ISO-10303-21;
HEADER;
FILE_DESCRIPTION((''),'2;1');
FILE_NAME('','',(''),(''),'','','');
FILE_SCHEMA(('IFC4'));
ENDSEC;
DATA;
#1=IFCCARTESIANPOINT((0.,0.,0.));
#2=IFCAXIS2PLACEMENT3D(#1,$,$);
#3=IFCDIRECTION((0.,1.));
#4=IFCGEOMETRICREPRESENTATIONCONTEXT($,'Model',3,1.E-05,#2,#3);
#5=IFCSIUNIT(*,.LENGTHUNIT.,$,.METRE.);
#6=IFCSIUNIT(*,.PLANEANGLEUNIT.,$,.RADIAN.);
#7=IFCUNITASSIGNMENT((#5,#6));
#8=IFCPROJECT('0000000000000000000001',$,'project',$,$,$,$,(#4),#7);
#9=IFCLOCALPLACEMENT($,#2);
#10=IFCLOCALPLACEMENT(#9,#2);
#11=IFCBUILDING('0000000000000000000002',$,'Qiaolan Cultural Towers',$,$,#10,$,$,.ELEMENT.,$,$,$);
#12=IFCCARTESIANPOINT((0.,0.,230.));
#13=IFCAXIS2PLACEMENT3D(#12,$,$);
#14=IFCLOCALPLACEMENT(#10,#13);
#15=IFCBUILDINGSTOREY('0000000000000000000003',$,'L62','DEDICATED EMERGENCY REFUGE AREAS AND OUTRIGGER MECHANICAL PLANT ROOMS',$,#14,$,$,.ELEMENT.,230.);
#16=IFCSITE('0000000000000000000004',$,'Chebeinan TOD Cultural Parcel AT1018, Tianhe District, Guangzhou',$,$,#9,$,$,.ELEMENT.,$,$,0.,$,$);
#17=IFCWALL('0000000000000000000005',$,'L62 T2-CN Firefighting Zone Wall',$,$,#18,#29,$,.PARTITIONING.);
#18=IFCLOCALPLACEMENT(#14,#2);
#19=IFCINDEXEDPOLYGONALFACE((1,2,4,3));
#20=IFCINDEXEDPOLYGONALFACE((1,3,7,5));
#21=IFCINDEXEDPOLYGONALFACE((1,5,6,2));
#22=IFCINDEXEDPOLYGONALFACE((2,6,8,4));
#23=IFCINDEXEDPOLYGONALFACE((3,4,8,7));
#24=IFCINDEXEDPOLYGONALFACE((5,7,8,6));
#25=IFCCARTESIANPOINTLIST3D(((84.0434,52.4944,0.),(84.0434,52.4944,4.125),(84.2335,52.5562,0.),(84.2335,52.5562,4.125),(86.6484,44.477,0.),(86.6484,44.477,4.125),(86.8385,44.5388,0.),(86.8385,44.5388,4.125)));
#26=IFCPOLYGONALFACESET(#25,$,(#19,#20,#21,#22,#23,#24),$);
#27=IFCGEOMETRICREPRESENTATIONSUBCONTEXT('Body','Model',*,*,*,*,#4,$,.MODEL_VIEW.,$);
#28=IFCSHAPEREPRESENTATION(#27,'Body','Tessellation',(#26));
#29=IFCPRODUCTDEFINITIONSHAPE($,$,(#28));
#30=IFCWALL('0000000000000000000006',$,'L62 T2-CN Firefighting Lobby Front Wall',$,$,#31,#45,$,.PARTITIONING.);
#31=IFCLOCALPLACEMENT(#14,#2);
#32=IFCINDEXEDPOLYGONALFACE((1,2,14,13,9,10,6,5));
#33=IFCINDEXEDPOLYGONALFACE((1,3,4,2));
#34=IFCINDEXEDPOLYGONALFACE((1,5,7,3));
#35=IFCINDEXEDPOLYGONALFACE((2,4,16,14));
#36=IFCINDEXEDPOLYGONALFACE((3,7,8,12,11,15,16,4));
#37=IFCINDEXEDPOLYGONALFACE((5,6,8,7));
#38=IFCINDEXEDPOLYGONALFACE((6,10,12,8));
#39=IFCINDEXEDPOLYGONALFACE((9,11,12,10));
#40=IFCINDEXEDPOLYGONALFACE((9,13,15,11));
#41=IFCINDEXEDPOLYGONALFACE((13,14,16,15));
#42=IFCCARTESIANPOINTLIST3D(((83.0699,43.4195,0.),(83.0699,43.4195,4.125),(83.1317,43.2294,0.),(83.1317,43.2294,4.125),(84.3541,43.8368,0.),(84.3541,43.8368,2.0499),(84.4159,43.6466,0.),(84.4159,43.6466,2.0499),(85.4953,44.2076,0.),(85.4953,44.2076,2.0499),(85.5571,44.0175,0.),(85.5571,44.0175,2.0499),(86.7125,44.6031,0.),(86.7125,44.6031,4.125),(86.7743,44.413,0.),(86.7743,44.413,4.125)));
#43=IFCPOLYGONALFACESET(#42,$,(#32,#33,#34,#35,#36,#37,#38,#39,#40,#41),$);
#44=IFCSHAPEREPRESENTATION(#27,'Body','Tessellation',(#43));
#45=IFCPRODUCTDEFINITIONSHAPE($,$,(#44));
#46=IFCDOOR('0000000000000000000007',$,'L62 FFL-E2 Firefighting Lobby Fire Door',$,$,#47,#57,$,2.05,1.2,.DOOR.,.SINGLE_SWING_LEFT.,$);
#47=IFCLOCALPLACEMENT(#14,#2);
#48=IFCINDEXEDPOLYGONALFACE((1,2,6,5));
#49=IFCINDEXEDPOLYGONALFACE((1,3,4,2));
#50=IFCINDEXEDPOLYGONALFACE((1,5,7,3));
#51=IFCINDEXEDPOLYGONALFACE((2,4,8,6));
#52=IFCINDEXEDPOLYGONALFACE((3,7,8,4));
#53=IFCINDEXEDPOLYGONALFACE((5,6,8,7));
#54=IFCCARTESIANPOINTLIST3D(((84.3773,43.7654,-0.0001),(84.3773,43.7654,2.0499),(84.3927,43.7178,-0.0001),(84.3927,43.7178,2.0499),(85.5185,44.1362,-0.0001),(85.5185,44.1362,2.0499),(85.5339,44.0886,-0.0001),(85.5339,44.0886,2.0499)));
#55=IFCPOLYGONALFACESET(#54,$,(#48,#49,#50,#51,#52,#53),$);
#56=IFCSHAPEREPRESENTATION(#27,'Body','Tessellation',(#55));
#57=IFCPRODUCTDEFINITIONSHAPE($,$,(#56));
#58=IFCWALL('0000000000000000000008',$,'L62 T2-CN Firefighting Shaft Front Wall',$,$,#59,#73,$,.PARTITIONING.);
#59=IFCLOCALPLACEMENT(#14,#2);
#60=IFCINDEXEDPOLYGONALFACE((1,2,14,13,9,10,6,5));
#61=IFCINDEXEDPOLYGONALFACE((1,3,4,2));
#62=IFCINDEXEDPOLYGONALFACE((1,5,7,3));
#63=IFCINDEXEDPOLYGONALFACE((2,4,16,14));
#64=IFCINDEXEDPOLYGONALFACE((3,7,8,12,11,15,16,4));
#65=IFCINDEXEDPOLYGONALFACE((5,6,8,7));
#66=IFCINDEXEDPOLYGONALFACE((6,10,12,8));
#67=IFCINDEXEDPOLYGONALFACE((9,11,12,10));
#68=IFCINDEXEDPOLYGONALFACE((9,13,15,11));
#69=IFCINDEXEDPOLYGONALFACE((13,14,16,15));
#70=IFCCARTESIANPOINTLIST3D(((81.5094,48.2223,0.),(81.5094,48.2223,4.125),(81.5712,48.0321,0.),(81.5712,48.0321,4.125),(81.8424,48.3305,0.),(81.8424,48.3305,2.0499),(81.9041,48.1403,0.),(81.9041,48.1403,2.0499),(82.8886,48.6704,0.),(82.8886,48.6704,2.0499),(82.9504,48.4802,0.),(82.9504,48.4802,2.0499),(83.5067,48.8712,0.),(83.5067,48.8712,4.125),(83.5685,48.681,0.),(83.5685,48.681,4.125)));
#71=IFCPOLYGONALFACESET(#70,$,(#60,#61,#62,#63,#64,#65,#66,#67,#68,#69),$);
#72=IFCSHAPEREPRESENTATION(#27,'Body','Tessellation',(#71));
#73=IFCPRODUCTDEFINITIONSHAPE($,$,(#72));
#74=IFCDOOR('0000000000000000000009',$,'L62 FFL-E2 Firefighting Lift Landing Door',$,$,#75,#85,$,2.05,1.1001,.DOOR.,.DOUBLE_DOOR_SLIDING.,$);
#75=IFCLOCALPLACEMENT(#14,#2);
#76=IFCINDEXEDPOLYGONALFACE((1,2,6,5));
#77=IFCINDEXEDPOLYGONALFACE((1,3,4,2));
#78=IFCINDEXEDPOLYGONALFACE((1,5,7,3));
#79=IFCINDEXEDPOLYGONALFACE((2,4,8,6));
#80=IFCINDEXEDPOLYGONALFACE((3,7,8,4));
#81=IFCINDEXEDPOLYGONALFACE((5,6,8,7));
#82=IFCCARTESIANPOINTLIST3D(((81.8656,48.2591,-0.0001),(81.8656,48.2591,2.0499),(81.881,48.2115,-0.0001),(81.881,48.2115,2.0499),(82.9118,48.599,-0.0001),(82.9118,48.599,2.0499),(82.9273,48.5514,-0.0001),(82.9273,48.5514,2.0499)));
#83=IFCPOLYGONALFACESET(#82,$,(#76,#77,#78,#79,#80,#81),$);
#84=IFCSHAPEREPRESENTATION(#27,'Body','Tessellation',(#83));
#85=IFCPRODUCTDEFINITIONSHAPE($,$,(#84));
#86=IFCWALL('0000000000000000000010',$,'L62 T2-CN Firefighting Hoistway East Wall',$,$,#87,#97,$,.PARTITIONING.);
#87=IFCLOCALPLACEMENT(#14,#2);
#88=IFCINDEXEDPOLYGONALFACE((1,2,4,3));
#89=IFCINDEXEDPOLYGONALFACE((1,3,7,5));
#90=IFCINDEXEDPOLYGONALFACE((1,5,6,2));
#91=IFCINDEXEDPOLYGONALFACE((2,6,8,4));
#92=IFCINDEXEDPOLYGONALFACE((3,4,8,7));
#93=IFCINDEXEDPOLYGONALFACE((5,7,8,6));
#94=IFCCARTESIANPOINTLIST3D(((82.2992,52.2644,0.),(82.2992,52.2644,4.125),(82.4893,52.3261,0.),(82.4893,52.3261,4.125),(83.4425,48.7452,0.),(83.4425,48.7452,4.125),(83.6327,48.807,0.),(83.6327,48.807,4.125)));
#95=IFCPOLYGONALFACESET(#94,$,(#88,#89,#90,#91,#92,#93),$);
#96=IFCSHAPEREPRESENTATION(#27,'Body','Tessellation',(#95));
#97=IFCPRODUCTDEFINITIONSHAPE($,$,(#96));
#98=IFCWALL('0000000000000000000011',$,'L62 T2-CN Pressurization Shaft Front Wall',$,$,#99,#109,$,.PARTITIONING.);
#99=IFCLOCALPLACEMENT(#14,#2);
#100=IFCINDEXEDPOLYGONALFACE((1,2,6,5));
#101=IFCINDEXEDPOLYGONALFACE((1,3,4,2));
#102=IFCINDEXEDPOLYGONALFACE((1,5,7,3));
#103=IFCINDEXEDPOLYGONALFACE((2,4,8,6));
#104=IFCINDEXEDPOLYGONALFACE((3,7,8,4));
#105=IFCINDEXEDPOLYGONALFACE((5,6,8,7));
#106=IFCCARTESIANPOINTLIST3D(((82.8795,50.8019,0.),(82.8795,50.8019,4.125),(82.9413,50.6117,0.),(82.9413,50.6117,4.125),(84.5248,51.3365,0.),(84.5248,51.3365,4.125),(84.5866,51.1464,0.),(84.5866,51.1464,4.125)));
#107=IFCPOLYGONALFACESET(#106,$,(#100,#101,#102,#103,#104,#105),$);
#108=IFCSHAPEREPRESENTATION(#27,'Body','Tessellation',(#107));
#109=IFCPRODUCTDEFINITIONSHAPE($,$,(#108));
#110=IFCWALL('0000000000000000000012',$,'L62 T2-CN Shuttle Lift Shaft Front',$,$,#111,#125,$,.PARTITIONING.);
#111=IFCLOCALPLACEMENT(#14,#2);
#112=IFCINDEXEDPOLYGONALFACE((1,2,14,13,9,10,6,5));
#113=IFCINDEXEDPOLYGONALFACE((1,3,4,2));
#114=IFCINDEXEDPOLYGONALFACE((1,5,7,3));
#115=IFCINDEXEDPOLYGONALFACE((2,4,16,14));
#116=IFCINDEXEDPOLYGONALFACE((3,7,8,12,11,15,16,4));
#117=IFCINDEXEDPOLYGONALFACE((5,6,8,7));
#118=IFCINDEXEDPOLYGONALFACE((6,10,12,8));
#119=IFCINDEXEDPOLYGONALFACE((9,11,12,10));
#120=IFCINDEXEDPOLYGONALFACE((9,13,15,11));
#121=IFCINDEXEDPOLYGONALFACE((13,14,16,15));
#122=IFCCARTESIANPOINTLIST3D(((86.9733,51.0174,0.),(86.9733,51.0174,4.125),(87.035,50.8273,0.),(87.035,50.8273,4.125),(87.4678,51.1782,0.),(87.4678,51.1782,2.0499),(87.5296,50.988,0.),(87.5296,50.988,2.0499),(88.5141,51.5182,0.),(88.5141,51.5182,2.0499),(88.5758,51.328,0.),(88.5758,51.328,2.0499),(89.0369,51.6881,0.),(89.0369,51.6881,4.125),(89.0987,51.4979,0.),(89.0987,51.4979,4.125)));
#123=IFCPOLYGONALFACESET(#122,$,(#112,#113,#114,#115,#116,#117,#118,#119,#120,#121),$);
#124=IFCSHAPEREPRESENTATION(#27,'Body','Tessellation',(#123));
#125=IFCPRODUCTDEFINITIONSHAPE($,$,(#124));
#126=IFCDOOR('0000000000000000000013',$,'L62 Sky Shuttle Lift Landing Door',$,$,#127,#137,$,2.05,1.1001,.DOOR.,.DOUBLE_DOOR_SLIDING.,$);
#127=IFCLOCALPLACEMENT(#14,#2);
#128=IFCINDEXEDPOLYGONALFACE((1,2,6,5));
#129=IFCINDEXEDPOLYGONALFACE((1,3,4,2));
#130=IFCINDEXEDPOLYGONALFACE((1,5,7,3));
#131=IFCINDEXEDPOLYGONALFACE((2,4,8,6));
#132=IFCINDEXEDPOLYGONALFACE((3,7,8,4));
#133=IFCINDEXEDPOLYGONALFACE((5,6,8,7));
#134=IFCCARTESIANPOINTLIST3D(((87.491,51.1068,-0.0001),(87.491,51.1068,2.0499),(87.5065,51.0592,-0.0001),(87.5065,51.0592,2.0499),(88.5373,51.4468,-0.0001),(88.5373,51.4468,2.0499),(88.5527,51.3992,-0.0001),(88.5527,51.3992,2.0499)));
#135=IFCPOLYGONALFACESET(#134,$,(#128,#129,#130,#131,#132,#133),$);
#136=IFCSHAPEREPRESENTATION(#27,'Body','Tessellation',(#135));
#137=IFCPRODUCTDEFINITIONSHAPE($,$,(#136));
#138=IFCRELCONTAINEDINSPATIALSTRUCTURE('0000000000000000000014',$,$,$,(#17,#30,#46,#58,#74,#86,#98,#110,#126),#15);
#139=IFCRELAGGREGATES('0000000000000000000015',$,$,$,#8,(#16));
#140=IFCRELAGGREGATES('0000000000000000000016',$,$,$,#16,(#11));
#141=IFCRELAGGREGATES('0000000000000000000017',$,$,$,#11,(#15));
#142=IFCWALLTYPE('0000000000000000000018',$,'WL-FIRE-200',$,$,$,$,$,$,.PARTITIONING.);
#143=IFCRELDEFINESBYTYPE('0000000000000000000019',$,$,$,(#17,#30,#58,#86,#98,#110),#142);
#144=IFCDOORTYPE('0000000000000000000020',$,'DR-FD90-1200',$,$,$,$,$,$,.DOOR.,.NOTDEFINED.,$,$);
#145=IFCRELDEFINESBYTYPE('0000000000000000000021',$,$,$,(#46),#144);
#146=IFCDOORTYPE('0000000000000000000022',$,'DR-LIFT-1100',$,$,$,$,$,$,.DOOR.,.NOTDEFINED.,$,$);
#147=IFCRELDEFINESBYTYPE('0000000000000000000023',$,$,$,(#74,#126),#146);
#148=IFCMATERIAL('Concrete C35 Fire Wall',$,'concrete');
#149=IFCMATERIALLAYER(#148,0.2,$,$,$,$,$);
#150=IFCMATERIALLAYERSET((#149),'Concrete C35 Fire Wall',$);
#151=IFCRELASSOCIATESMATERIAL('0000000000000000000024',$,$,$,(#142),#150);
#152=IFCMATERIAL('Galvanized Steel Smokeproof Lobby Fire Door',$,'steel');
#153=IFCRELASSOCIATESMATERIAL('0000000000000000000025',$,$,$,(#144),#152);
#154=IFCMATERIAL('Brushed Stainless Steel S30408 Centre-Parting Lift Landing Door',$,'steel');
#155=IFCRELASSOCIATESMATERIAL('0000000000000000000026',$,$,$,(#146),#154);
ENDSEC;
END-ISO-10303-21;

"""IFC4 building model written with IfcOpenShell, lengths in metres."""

from ifc_helpers import new_model, si_unit, direction, frame, frame_2d, origin, place, context, subcontext, project, spatial, rectangle, extrude, material, layer, layer_set, type_object, element, fill, save


model = new_model("IFC4")

# Units and contexts
model_context = context("Model", 3, precision=1e-05, world=origin(), true_north=direction((0.0, 1.0)))
body_context = subcontext(model_context, "Body", "Model", "MODEL_VIEW")
ifc_project = project(units=[si_unit("LENGTHUNIT", "METRE"), si_unit("PLANEANGLEUNIT", "RADIAN")], contexts=[model_context])

# Site, building, storey
site_placement = place(None, origin())
site = spatial("IfcSite", under=ifc_project, at=site_placement, Name="Chebeinan TOD Cultural Parcel AT1018, Tianhe District, Guangzhou", CompositionType="ELEMENT", RefElevation=0.0)
building_placement = place(site_placement, origin())
building = spatial("IfcBuilding", under=site, at=building_placement, Name="Qiaolan Cultural Towers", CompositionType="ELEMENT")
storey_placement = place(building_placement, frame((0.0, 0.0, 230.0)))
storey = spatial("IfcBuildingStorey", under=building, at=storey_placement, Name="L62", Description="DEDICATED EMERGENCY REFUGE AREAS AND OUTRIGGER MECHANICAL PLANT ROOMS", CompositionType="ELEMENT", Elevation=230.0)

# Shared definitions
ifc_material_1 = material(Name="Concrete C35 Fire Wall", Category="concrete")
ifc_layer_1 = layer(ifc_material_1, 0.2)
ifc_layer_set_1 = layer_set([ifc_layer_1], Name="Concrete C35 Fire Wall")
wall_type_1 = type_object("IfcWallType", Name="WL-FIRE-200", PredefinedType="PARTITIONING", material=ifc_layer_set_1)

# Wall
wall_1_placement = place(storey_placement, frame((86.7434, 44.5081, 0.0), z_axis=(0.0, 0.0, 1.0), x_axis=(-0.309016, 0.951057, 0.0)))
element("IfcWall", 1, at=wall_1_placement, inside=storey, type_object=wall_type_1, Name="L62 T2-CN Firefighting Zone Wall", PredefinedType="PARTITIONING", context=body_context, shape_type="SweptSolid", body=[
    extrude(rectangle(XDim=8.4299, YDim=0.2, at=frame_2d((4.2148, 0.0))), origin(), (0.0, 0.0, 1.0), 4.125),
])

# Walls, openings, doors
wall_2_placement = place(storey_placement, frame((83.1008, 43.3245, 0.0), z_axis=(0.0, 0.0, 1.0), x_axis=(0.951053, 0.309028, 0.0)))
wall_2 = element("IfcWall", 2, at=wall_2_placement, inside=storey, type_object=wall_type_1, Name="L62 T2-CN Firefighting Lobby Front Wall", PredefinedType="PARTITIONING", context=body_context, shape_type="SweptSolid", body=[
    extrude(rectangle(XDim=3.8301, YDim=0.2, at=frame_2d((1.915, 0.0))), origin(), (0.0, 0.0, 1.0), 4.125),
])
opening_1_placement = place(wall_2_placement, frame((1.3501, 0.0, 0.0)))
opening_1 = element("IfcOpeningElement", 3, at=opening_1_placement, cuts=wall_2, PredefinedType="OPENING", context=body_context, shape_type="SweptSolid", body=[
    extrude(rectangle(XDim=1.2, YDim=2.05, at=frame_2d((0.6001, 1.0249))), frame((0.0, 0.1099, 0.0), z_axis=(0.0, -1.0, 0.0), x_axis=(1.0, 0.0, 0.0)), (0.0, 0.0, 1.0), 0.22),
])
ifc_material_2 = material(Name="Galvanized Steel Smokeproof Lobby Fire Door", Category="steel")
door_type_1 = type_object("IfcDoorType", Name="DR-FD90-1200", OperationType="NOTDEFINED", PredefinedType="DOOR", material=ifc_material_2)
door_1_placement = place(opening_1_placement, origin())
door_1 = element("IfcDoor", 4, at=door_1_placement, inside=storey, type_object=door_type_1, Name="L62 FFL-E2 Firefighting Lobby Fire Door", OperationType="SINGLE_SWING_LEFT", OverallHeight=2.05, OverallWidth=1.2, PredefinedType="DOOR", context=body_context, shape_type="SweptSolid", body=[
    extrude(rectangle(XDim=1.2, YDim=2.05, at=frame_2d((0.6001, 1.0249))), frame((0.0, 0.0249, 0.0), z_axis=(0.0, -1.0, 0.0), x_axis=(1.0, 0.0, 0.0)), (0.0, 0.0, 1.0), 0.05),
])
fill(opening_1, door_1)
wall_3_placement = place(storey_placement, frame((81.5403, 48.1272, 0.0), z_axis=(0.0, 0.0, 1.0), x_axis=(0.951062, 0.308999, 0.0)))
wall_3 = element("IfcWall", 5, at=wall_3_placement, inside=storey, type_object=wall_type_1, Name="L62 T2-CN Firefighting Shaft Front Wall", PredefinedType="PARTITIONING", context=body_context, shape_type="SweptSolid", body=[
    extrude(rectangle(XDim=2.1001, YDim=0.2, at=frame_2d((1.05, 0.0))), origin(), (0.0, 0.0, 1.0), 4.125),
])
opening_2_placement = place(wall_3_placement, frame((0.3501, 0.0, 0.0)))
opening_2 = element("IfcOpeningElement", 6, at=opening_2_placement, cuts=wall_3, PredefinedType="OPENING", context=body_context, shape_type="SweptSolid", body=[
    extrude(rectangle(XDim=1.1001, YDim=2.05, at=frame_2d((0.55, 1.0249))), frame((0.0, 0.1099, 0.0), z_axis=(0.0, -1.0, 0.0), x_axis=(1.0, 0.0, 0.0)), (0.0, 0.0, 1.0), 0.22),
])
ifc_material_3 = material(Name="Brushed Stainless Steel S30408 Centre-Parting Lift Landing Door", Category="steel")
door_type_2 = type_object("IfcDoorType", Name="DR-LIFT-1100", OperationType="NOTDEFINED", PredefinedType="DOOR", material=ifc_material_3)
door_2_placement = place(opening_2_placement, origin())
door_2 = element("IfcDoor", 7, at=door_2_placement, inside=storey, type_object=door_type_2, Name="L62 FFL-E2 Firefighting Lift Landing Door", OperationType="DOUBLE_DOOR_SLIDING", OverallHeight=2.05, OverallWidth=1.1001, PredefinedType="DOOR", context=body_context, shape_type="SweptSolid", body=[
    extrude(rectangle(XDim=1.1001, YDim=2.05, at=frame_2d((0.55, 1.0249))), frame((0.0, 0.0249, 0.0), z_axis=(0.0, -1.0, 0.0), x_axis=(1.0, 0.0, 0.0)), (0.0, 0.0, 1.0), 0.05),
])
fill(opening_2, door_2)

# Walls
wall_4_placement = place(storey_placement, frame((83.5376, 48.7761, 0.0), z_axis=(0.0, 0.0, 1.0), x_axis=(-0.308994, 0.951064, 0.0)))
element("IfcWall", 8, at=wall_4_placement, inside=storey, type_object=wall_type_1, Name="L62 T2-CN Firefighting Hoistway East Wall", PredefinedType="PARTITIONING", context=body_context, shape_type="SweptSolid", body=[
    extrude(rectangle(XDim=3.7002, YDim=0.2, at=frame_2d((1.8501, 0.0))), origin(), (0.0, 0.0, 1.0), 4.125),
])
wall_5_placement = place(storey_placement, frame((82.9104, 50.7068, 0.0), z_axis=(0.0, 0.0, 1.0), x_axis=(0.951041, 0.309064, 0.0)))
element("IfcWall", 9, at=wall_5_placement, inside=storey, type_object=wall_type_1, Name="L62 T2-CN Pressurization Shaft Front Wall", PredefinedType="PARTITIONING", context=body_context, shape_type="SweptSolid", body=[
    extrude(rectangle(XDim=1.73, YDim=0.2, at=frame_2d((0.865, 0.0))), origin(), (0.0, 0.0, 1.0), 4.125),
])

# Wall, opening, door
wall_6_placement = place(storey_placement, frame((87.0042, 50.9224, 0.0), z_axis=(0.0, 0.0, 1.0), x_axis=(0.951042, 0.309063, 0.0)))
wall_6 = element("IfcWall", 10, at=wall_6_placement, inside=storey, type_object=wall_type_1, Name="L62 T2-CN Shuttle Lift Shaft Front", PredefinedType="PARTITIONING", context=body_context, shape_type="SweptSolid", body=[
    extrude(rectangle(XDim=2.1699, YDim=0.2, at=frame_2d((1.085, 0.0))), origin(), (0.0, 0.0, 1.0), 4.125),
])
opening_3_placement = place(wall_6_placement, frame((0.52, 0.0, 0.0)))
opening_3 = element("IfcOpeningElement", 11, at=opening_3_placement, cuts=wall_6, PredefinedType="OPENING", context=body_context, shape_type="SweptSolid", body=[
    extrude(rectangle(XDim=1.1001, YDim=2.05, at=frame_2d((0.55, 1.0249))), frame((0.0, 0.1099, 0.0), z_axis=(0.0, -1.0, 0.0), x_axis=(1.0, 0.0, 0.0)), (0.0, 0.0, 1.0), 0.22),
])
door_3_placement = place(opening_3_placement, origin())
door_3 = element("IfcDoor", 12, at=door_3_placement, inside=storey, type_object=door_type_2, Name="L62 Sky Shuttle Lift Landing Door", OperationType="DOUBLE_DOOR_SLIDING", OverallHeight=2.05, OverallWidth=1.1001, PredefinedType="DOOR", context=body_context, shape_type="SweptSolid", body=[
    extrude(rectangle(XDim=1.1001, YDim=2.05, at=frame_2d((0.55, 1.0249))), frame((0.0, 0.0249, 0.0), z_axis=(0.0, -1.0, 0.0), x_axis=(1.0, 0.0, 0.0)), (0.0, 0.0, 1.0), 0.05),
])
fill(opening_3, door_3)

save(model, "model.ifc")
